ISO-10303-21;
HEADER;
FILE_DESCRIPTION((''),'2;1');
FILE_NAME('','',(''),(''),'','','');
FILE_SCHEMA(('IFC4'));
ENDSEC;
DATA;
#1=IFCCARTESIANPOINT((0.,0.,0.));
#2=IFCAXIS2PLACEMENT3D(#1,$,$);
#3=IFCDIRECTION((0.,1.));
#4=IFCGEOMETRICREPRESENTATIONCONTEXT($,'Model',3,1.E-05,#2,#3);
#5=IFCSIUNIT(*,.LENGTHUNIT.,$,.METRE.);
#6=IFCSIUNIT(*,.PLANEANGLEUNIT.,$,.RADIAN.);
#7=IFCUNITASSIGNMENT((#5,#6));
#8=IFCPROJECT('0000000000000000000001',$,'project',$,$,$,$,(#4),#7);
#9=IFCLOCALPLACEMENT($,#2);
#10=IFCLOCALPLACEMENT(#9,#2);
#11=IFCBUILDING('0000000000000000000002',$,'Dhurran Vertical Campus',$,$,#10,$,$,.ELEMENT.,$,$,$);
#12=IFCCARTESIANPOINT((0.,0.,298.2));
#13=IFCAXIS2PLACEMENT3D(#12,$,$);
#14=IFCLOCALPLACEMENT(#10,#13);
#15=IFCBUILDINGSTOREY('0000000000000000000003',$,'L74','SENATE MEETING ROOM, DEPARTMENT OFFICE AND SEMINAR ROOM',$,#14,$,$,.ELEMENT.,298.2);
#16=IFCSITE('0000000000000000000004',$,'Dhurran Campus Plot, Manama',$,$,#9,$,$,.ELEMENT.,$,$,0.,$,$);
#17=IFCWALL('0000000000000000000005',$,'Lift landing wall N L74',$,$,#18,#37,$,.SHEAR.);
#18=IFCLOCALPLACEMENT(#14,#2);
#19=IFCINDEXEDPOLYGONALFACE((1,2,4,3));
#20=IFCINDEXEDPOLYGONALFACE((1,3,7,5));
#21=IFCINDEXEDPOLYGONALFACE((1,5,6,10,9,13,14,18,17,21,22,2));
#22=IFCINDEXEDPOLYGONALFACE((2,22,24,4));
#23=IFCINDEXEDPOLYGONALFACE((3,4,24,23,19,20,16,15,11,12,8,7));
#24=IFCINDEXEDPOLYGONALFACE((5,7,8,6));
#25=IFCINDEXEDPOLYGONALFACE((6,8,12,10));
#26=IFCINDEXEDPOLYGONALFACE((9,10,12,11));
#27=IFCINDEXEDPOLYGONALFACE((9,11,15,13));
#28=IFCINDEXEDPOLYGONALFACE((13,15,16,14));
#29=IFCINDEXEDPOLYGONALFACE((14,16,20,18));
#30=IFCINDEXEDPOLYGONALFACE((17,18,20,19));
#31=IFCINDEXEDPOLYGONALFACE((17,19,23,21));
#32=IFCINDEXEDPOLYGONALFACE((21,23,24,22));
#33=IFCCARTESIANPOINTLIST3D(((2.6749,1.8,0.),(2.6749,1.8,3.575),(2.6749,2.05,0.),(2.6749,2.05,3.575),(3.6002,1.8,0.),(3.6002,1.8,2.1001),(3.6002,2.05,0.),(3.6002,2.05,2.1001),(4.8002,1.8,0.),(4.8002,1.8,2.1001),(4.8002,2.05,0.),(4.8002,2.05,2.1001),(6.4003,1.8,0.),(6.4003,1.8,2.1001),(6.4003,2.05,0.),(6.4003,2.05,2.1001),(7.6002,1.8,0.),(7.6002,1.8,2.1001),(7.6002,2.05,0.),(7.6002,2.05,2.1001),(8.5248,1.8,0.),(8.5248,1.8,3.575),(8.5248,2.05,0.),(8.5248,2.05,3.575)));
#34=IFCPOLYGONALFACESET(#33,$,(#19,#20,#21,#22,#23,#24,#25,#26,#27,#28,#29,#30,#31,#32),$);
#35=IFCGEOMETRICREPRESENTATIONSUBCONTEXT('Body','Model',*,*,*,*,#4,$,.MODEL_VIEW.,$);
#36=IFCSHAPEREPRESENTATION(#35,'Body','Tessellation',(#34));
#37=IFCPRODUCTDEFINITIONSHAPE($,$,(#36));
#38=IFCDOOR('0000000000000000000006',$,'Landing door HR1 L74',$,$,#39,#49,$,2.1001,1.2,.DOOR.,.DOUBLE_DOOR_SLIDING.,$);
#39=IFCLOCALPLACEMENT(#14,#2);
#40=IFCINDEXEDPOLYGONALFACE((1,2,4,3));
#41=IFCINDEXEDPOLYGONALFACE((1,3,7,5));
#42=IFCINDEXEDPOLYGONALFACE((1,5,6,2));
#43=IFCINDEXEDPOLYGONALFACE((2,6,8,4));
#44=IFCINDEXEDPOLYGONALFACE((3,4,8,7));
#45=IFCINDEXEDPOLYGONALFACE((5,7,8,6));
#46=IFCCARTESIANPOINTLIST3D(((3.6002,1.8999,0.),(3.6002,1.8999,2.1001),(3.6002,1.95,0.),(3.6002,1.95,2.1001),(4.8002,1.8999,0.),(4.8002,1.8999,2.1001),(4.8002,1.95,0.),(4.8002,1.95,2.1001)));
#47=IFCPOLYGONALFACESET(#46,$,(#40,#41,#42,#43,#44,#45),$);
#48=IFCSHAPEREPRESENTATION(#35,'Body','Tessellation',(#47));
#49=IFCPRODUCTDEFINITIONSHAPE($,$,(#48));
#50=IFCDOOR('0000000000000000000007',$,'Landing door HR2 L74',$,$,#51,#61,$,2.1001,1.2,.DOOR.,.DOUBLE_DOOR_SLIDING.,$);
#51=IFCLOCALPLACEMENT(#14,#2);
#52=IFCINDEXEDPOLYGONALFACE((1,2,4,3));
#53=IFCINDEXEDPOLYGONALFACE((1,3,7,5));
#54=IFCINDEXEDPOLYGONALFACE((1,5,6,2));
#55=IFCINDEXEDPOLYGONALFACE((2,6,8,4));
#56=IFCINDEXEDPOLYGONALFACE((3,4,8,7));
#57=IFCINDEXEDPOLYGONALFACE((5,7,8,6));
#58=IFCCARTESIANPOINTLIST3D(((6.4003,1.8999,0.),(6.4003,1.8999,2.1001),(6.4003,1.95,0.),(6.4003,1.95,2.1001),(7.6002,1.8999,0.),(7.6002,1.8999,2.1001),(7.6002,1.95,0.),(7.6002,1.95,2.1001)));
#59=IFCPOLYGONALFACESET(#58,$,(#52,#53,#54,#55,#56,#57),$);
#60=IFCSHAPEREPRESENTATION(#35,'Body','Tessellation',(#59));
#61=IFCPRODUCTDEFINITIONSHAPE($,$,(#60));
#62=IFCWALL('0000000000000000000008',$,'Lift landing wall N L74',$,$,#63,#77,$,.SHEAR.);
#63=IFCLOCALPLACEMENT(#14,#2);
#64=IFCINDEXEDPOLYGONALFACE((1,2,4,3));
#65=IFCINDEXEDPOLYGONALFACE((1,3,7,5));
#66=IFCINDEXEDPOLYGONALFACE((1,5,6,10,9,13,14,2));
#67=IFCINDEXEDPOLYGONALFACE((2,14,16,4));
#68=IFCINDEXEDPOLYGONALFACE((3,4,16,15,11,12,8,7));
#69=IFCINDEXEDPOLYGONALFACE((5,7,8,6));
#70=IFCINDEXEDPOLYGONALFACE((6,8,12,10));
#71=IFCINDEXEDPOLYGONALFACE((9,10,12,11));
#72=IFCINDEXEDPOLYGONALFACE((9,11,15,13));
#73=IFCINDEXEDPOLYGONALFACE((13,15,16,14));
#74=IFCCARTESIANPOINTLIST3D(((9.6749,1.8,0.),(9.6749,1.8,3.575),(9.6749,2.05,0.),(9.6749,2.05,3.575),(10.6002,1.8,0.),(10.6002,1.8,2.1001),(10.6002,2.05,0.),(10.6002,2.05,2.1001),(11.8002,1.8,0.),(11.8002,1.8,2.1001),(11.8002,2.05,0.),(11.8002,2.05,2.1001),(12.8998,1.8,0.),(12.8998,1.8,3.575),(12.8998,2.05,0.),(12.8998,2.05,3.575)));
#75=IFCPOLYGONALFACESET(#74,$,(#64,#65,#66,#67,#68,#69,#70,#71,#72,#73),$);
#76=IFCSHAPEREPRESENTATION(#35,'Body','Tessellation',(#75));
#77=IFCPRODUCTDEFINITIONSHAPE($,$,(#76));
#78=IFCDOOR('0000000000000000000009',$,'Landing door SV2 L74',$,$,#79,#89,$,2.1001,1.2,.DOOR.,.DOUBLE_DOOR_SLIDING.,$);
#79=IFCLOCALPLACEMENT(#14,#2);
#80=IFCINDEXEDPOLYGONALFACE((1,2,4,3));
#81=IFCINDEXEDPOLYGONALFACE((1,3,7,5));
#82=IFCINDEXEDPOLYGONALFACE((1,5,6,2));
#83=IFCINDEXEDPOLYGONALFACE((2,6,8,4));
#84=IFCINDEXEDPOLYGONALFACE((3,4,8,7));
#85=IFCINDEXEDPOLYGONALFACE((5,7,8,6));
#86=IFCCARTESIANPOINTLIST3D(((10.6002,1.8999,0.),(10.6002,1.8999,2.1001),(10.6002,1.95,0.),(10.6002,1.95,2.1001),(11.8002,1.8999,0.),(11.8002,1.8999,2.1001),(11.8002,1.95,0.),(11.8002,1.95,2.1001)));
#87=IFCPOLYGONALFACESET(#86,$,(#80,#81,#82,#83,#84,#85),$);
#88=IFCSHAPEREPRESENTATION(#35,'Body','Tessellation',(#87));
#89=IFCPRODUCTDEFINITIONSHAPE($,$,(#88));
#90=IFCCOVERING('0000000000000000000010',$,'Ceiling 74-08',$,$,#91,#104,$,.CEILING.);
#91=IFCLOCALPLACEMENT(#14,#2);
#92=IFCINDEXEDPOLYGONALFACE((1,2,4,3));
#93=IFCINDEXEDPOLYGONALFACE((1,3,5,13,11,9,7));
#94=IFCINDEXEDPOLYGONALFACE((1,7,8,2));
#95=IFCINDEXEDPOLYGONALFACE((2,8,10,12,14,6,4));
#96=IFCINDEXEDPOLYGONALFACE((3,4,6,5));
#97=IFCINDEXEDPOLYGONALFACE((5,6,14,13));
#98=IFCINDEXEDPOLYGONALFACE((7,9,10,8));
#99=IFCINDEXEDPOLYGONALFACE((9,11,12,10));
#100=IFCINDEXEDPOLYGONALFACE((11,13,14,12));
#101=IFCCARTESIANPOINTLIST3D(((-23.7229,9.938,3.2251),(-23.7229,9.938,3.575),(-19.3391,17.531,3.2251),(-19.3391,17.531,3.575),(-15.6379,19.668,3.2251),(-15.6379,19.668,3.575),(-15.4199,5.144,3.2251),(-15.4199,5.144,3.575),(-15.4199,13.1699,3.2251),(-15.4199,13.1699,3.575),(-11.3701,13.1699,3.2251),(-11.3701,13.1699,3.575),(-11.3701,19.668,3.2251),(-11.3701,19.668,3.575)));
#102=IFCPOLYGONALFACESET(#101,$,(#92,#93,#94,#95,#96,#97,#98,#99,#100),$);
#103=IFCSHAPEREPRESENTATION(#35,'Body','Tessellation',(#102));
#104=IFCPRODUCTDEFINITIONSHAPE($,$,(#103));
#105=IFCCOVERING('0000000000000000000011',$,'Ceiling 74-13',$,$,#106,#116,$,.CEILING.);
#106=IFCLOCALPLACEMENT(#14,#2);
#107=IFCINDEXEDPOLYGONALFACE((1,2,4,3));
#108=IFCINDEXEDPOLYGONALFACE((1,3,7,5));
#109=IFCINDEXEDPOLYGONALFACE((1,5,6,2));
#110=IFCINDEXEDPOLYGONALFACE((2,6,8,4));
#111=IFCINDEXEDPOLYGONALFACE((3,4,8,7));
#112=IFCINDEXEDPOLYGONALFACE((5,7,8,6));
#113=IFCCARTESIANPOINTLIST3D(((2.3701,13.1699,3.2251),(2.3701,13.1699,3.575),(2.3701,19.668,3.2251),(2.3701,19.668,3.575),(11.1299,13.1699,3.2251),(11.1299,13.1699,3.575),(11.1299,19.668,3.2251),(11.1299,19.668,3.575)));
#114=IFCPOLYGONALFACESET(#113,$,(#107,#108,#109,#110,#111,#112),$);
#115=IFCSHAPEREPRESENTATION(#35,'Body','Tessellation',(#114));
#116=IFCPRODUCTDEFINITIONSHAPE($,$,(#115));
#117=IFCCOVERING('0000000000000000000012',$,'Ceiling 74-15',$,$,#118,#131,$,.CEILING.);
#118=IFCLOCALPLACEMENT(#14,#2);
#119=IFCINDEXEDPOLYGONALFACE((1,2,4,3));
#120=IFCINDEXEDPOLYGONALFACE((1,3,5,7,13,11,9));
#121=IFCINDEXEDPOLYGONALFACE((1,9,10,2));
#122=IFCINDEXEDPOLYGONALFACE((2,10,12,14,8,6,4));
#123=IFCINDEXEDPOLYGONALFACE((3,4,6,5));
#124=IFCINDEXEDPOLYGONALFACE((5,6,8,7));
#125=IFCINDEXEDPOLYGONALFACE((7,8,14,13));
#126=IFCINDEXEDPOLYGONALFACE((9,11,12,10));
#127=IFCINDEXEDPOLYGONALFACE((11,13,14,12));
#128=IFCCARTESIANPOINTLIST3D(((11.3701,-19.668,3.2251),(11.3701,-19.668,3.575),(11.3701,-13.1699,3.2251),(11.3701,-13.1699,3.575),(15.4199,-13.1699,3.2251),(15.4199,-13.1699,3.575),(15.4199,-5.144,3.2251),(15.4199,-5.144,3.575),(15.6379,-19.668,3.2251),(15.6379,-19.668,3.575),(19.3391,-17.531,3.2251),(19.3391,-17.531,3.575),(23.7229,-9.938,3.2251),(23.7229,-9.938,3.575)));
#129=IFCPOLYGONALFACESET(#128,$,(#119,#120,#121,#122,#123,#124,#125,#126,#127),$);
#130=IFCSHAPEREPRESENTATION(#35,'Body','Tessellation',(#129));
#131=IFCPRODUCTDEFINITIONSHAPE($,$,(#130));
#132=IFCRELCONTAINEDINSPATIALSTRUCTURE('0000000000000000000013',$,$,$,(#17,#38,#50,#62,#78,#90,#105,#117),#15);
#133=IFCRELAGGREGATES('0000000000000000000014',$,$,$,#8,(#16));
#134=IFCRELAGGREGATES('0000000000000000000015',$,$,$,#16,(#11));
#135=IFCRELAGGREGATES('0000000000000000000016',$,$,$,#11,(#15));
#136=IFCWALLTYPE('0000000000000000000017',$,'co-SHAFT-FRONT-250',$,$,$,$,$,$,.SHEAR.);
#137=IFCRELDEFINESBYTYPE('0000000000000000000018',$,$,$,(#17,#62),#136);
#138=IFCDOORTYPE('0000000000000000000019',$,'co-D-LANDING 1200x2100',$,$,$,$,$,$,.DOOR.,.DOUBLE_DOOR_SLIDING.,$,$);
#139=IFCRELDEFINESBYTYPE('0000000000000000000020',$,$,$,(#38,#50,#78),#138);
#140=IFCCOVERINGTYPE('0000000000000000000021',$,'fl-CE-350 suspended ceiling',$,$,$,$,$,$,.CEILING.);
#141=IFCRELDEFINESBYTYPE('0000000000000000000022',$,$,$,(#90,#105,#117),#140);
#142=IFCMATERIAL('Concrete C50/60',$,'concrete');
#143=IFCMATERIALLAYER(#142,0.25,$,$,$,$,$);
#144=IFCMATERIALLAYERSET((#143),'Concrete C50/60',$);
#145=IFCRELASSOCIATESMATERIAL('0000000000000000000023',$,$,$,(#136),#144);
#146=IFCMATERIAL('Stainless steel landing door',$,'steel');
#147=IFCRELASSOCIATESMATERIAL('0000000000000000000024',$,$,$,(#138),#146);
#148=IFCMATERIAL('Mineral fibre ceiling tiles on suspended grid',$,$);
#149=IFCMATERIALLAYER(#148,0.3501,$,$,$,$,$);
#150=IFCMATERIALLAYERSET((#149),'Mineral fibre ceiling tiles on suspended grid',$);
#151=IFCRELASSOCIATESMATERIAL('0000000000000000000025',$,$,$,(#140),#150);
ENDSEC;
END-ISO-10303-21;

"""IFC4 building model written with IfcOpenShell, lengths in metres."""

from ifc_helpers import new_model, si_unit, direction, frame, frame_2d, origin, place, context, subcontext, project, spatial, polyline, rectangle, outline, extrude, material, layer, layer_set, type_object, element, fill, save


model = new_model("IFC4")

# Units and contexts
model_context = context("Model", 3, precision=1e-05, world=origin(), true_north=direction((0.0, 1.0)))
body_context = subcontext(model_context, "Body", "Model", "MODEL_VIEW")
ifc_project = project(units=[si_unit("LENGTHUNIT", "METRE"), si_unit("PLANEANGLEUNIT", "RADIAN")], contexts=[model_context])

# Site, building, storey
site_placement = place(None, origin())
site = spatial("IfcSite", under=ifc_project, at=site_placement, Name="Dhurran Campus Plot, Manama", CompositionType="ELEMENT", RefElevation=0.0)
building_placement = place(site_placement, origin())
building = spatial("IfcBuilding", under=site, at=building_placement, Name="Dhurran Vertical Campus", CompositionType="ELEMENT")
storey_placement = place(building_placement, frame((0.0, 0.0, 298.2)))
storey = spatial("IfcBuildingStorey", under=building, at=storey_placement, Name="L74", Description="SENATE MEETING ROOM, DEPARTMENT OFFICE AND SEMINAR ROOM", CompositionType="ELEMENT", Elevation=298.2)

# Wall, openings, doors
ifc_material_1 = material(Name="Concrete C50/60", Category="concrete")
ifc_layer_1 = layer(ifc_material_1, 0.25)
ifc_layer_set_1 = layer_set([ifc_layer_1], Name="Concrete C50/60")
wall_type_1 = type_object("IfcWallType", Name="co-SHAFT-FRONT-250", PredefinedType="SHEAR", material=ifc_layer_set_1)
wall_1_placement = place(storey_placement, frame((2.675, 1.925, 0.0), z_axis=(0.0, 0.0, 1.0), x_axis=(1.0, 0.0, 0.0)))
wall_1 = element("IfcWall", 1, at=wall_1_placement, inside=storey, type_object=wall_type_1, Name="Lift landing wall N L74", PredefinedType="SHEAR", context=body_context, shape_type="SweptSolid", body=[
    extrude(rectangle(XDim=5.8499, YDim=0.25, at=frame_2d((2.9248, 0.0))), origin(), (0.0, 0.0, 1.0), 3.575),
])
opening_1_placement = place(wall_1_placement, frame((0.925, 0.0, 0.0)))
opening_1 = element("IfcOpeningElement", 2, at=opening_1_placement, cuts=wall_1, PredefinedType="OPENING", context=body_context, shape_type="SweptSolid", body=[
    extrude(rectangle(XDim=1.2, YDim=2.1001, at=frame_2d((0.6001, 1.05))), frame((0.0, 0.135, 0.0), z_axis=(0.0, -1.0, 0.0), x_axis=(1.0, 0.0, 0.0)), (0.0, 0.0, 1.0), 0.27),
])
opening_2_placement = place(wall_1_placement, frame((3.7251, 0.0, 0.0)))
opening_2 = element("IfcOpeningElement", 3, at=opening_2_placement, cuts=wall_1, PredefinedType="OPENING", context=body_context, shape_type="SweptSolid", body=[
    extrude(rectangle(XDim=1.2, YDim=2.1001, at=frame_2d((0.6001, 1.05))), frame((0.0, 0.135, 0.0), z_axis=(0.0, -1.0, 0.0), x_axis=(1.0, 0.0, 0.0)), (0.0, 0.0, 1.0), 0.27),
])
ifc_material_2 = material(Name="Stainless steel landing door", Category="steel")
door_type_1 = type_object("IfcDoorType", Name="co-D-LANDING 1200x2100", OperationType="DOUBLE_DOOR_SLIDING", PredefinedType="DOOR", material=ifc_material_2)
door_1_placement = place(opening_1_placement, origin())
door_1 = element("IfcDoor", 4, at=door_1_placement, inside=storey, type_object=door_type_1, Name="Landing door HR1 L74", OperationType="DOUBLE_DOOR_SLIDING", OverallHeight=2.1001, OverallWidth=1.2, PredefinedType="DOOR", context=body_context, shape_type="SweptSolid", body=[
    extrude(rectangle(XDim=1.2, YDim=2.1001, at=frame_2d((0.6001, 1.05))), frame((0.0, 0.0249, 0.0), z_axis=(0.0, -1.0, 0.0), x_axis=(1.0, 0.0, 0.0)), (0.0, 0.0, 1.0), 0.05),
])
fill(opening_1, door_1)
door_2_placement = place(opening_2_placement, origin())
door_2 = element("IfcDoor", 5, at=door_2_placement, inside=storey, type_object=door_type_1, Name="Landing door HR2 L74", OperationType="DOUBLE_DOOR_SLIDING", OverallHeight=2.1001, OverallWidth=1.2, PredefinedType="DOOR", context=body_context, shape_type="SweptSolid", body=[
    extrude(rectangle(XDim=1.2, YDim=2.1001, at=frame_2d((0.6001, 1.05))), frame((0.0, 0.0249, 0.0), z_axis=(0.0, -1.0, 0.0), x_axis=(1.0, 0.0, 0.0)), (0.0, 0.0, 1.0), 0.05),
])
fill(opening_2, door_2)

# Wall, opening, door
wall_2_placement = place(storey_placement, frame((9.675, 1.925, 0.0), z_axis=(0.0, 0.0, 1.0), x_axis=(1.0, 0.0, 0.0)))
wall_2 = element("IfcWall", 6, at=wall_2_placement, inside=storey, type_object=wall_type_1, Name="Lift landing wall N L74", PredefinedType="SHEAR", context=body_context, shape_type="SweptSolid", body=[
    extrude(rectangle(XDim=3.2249, YDim=0.25, at=frame_2d((1.6123, 0.0))), origin(), (0.0, 0.0, 1.0), 3.575),
])
opening_3_placement = place(wall_2_placement, frame((0.925, 0.0, 0.0)))
opening_3 = element("IfcOpeningElement", 7, at=opening_3_placement, cuts=wall_2, PredefinedType="OPENING", context=body_context, shape_type="SweptSolid", body=[
    extrude(rectangle(XDim=1.2, YDim=2.1001, at=frame_2d((0.6001, 1.05))), frame((0.0, 0.135, 0.0), z_axis=(0.0, -1.0, 0.0), x_axis=(1.0, 0.0, 0.0)), (0.0, 0.0, 1.0), 0.27),
])
door_3_placement = place(opening_3_placement, origin())
door_3 = element("IfcDoor", 8, at=door_3_placement, inside=storey, type_object=door_type_1, Name="Landing door SV2 L74", OperationType="DOUBLE_DOOR_SLIDING", OverallHeight=2.1001, OverallWidth=1.2, PredefinedType="DOOR", context=body_context, shape_type="SweptSolid", body=[
    extrude(rectangle(XDim=1.2, YDim=2.1001, at=frame_2d((0.6001, 1.05))), frame((0.0, 0.0249, 0.0), z_axis=(0.0, -1.0, 0.0), x_axis=(1.0, 0.0, 0.0)), (0.0, 0.0, 1.0), 0.05),
])
fill(opening_3, door_3)

# Coverings
ifc_material_3 = material(Name="Mineral fibre ceiling tiles on suspended grid")
ifc_layer_2 = layer(ifc_material_3, 0.3501)
ifc_layer_set_2 = layer_set([ifc_layer_2], Name="Mineral fibre ceiling tiles on suspended grid")
covering_type = type_object("IfcCoveringType", Name="fl-CE-350 suspended ceiling", PredefinedType="CEILING", material=ifc_layer_set_2)
covering_1_placement = place(storey_placement, frame((0.0, 0.0, 3.2251)))
element("IfcCovering", 9, at=covering_1_placement, inside=storey, type_object=covering_type, Name="Ceiling 74-08", PredefinedType="CEILING", context=body_context, shape_type="SweptSolid", body=[
    extrude(outline(polyline([(-23.7229, 9.938), (-19.3391, 17.531), (-15.6379, 19.668), (-11.3701, 19.668), (-11.3701, 13.1699), (-15.4199, 13.1699), (-15.4199, 5.144), (-23.7229, 9.938)])), origin(), (0.0, 0.0, 1.0), 0.3499),
])
covering_2_placement = place(storey_placement, frame((0.0, 0.0, 3.2251)))
element("IfcCovering", 10, at=covering_2_placement, inside=storey, type_object=covering_type, Name="Ceiling 74-13", PredefinedType="CEILING", context=body_context, shape_type="SweptSolid", body=[
    extrude(outline(polyline([(2.3701, 19.668), (11.1299, 19.668), (11.1299, 13.1699), (2.3701, 13.1699), (2.3701, 19.668)])), origin(), (0.0, 0.0, 1.0), 0.3499),
])
covering_3_placement = place(storey_placement, frame((0.0, 0.0, 3.2251)))
element("IfcCovering", 11, at=covering_3_placement, inside=storey, type_object=covering_type, Name="Ceiling 74-15", PredefinedType="CEILING", context=body_context, shape_type="SweptSolid", body=[
    extrude(outline(polyline([(23.7229, -9.938), (19.3391, -17.531), (15.6379, -19.668), (11.3701, -19.668), (11.3701, -13.1699), (15.4199, -13.1699), (15.4199, -5.144), (23.7229, -9.938)])), origin(), (0.0, 0.0, 1.0), 0.3499),
])

save(model, "model.ifc")
